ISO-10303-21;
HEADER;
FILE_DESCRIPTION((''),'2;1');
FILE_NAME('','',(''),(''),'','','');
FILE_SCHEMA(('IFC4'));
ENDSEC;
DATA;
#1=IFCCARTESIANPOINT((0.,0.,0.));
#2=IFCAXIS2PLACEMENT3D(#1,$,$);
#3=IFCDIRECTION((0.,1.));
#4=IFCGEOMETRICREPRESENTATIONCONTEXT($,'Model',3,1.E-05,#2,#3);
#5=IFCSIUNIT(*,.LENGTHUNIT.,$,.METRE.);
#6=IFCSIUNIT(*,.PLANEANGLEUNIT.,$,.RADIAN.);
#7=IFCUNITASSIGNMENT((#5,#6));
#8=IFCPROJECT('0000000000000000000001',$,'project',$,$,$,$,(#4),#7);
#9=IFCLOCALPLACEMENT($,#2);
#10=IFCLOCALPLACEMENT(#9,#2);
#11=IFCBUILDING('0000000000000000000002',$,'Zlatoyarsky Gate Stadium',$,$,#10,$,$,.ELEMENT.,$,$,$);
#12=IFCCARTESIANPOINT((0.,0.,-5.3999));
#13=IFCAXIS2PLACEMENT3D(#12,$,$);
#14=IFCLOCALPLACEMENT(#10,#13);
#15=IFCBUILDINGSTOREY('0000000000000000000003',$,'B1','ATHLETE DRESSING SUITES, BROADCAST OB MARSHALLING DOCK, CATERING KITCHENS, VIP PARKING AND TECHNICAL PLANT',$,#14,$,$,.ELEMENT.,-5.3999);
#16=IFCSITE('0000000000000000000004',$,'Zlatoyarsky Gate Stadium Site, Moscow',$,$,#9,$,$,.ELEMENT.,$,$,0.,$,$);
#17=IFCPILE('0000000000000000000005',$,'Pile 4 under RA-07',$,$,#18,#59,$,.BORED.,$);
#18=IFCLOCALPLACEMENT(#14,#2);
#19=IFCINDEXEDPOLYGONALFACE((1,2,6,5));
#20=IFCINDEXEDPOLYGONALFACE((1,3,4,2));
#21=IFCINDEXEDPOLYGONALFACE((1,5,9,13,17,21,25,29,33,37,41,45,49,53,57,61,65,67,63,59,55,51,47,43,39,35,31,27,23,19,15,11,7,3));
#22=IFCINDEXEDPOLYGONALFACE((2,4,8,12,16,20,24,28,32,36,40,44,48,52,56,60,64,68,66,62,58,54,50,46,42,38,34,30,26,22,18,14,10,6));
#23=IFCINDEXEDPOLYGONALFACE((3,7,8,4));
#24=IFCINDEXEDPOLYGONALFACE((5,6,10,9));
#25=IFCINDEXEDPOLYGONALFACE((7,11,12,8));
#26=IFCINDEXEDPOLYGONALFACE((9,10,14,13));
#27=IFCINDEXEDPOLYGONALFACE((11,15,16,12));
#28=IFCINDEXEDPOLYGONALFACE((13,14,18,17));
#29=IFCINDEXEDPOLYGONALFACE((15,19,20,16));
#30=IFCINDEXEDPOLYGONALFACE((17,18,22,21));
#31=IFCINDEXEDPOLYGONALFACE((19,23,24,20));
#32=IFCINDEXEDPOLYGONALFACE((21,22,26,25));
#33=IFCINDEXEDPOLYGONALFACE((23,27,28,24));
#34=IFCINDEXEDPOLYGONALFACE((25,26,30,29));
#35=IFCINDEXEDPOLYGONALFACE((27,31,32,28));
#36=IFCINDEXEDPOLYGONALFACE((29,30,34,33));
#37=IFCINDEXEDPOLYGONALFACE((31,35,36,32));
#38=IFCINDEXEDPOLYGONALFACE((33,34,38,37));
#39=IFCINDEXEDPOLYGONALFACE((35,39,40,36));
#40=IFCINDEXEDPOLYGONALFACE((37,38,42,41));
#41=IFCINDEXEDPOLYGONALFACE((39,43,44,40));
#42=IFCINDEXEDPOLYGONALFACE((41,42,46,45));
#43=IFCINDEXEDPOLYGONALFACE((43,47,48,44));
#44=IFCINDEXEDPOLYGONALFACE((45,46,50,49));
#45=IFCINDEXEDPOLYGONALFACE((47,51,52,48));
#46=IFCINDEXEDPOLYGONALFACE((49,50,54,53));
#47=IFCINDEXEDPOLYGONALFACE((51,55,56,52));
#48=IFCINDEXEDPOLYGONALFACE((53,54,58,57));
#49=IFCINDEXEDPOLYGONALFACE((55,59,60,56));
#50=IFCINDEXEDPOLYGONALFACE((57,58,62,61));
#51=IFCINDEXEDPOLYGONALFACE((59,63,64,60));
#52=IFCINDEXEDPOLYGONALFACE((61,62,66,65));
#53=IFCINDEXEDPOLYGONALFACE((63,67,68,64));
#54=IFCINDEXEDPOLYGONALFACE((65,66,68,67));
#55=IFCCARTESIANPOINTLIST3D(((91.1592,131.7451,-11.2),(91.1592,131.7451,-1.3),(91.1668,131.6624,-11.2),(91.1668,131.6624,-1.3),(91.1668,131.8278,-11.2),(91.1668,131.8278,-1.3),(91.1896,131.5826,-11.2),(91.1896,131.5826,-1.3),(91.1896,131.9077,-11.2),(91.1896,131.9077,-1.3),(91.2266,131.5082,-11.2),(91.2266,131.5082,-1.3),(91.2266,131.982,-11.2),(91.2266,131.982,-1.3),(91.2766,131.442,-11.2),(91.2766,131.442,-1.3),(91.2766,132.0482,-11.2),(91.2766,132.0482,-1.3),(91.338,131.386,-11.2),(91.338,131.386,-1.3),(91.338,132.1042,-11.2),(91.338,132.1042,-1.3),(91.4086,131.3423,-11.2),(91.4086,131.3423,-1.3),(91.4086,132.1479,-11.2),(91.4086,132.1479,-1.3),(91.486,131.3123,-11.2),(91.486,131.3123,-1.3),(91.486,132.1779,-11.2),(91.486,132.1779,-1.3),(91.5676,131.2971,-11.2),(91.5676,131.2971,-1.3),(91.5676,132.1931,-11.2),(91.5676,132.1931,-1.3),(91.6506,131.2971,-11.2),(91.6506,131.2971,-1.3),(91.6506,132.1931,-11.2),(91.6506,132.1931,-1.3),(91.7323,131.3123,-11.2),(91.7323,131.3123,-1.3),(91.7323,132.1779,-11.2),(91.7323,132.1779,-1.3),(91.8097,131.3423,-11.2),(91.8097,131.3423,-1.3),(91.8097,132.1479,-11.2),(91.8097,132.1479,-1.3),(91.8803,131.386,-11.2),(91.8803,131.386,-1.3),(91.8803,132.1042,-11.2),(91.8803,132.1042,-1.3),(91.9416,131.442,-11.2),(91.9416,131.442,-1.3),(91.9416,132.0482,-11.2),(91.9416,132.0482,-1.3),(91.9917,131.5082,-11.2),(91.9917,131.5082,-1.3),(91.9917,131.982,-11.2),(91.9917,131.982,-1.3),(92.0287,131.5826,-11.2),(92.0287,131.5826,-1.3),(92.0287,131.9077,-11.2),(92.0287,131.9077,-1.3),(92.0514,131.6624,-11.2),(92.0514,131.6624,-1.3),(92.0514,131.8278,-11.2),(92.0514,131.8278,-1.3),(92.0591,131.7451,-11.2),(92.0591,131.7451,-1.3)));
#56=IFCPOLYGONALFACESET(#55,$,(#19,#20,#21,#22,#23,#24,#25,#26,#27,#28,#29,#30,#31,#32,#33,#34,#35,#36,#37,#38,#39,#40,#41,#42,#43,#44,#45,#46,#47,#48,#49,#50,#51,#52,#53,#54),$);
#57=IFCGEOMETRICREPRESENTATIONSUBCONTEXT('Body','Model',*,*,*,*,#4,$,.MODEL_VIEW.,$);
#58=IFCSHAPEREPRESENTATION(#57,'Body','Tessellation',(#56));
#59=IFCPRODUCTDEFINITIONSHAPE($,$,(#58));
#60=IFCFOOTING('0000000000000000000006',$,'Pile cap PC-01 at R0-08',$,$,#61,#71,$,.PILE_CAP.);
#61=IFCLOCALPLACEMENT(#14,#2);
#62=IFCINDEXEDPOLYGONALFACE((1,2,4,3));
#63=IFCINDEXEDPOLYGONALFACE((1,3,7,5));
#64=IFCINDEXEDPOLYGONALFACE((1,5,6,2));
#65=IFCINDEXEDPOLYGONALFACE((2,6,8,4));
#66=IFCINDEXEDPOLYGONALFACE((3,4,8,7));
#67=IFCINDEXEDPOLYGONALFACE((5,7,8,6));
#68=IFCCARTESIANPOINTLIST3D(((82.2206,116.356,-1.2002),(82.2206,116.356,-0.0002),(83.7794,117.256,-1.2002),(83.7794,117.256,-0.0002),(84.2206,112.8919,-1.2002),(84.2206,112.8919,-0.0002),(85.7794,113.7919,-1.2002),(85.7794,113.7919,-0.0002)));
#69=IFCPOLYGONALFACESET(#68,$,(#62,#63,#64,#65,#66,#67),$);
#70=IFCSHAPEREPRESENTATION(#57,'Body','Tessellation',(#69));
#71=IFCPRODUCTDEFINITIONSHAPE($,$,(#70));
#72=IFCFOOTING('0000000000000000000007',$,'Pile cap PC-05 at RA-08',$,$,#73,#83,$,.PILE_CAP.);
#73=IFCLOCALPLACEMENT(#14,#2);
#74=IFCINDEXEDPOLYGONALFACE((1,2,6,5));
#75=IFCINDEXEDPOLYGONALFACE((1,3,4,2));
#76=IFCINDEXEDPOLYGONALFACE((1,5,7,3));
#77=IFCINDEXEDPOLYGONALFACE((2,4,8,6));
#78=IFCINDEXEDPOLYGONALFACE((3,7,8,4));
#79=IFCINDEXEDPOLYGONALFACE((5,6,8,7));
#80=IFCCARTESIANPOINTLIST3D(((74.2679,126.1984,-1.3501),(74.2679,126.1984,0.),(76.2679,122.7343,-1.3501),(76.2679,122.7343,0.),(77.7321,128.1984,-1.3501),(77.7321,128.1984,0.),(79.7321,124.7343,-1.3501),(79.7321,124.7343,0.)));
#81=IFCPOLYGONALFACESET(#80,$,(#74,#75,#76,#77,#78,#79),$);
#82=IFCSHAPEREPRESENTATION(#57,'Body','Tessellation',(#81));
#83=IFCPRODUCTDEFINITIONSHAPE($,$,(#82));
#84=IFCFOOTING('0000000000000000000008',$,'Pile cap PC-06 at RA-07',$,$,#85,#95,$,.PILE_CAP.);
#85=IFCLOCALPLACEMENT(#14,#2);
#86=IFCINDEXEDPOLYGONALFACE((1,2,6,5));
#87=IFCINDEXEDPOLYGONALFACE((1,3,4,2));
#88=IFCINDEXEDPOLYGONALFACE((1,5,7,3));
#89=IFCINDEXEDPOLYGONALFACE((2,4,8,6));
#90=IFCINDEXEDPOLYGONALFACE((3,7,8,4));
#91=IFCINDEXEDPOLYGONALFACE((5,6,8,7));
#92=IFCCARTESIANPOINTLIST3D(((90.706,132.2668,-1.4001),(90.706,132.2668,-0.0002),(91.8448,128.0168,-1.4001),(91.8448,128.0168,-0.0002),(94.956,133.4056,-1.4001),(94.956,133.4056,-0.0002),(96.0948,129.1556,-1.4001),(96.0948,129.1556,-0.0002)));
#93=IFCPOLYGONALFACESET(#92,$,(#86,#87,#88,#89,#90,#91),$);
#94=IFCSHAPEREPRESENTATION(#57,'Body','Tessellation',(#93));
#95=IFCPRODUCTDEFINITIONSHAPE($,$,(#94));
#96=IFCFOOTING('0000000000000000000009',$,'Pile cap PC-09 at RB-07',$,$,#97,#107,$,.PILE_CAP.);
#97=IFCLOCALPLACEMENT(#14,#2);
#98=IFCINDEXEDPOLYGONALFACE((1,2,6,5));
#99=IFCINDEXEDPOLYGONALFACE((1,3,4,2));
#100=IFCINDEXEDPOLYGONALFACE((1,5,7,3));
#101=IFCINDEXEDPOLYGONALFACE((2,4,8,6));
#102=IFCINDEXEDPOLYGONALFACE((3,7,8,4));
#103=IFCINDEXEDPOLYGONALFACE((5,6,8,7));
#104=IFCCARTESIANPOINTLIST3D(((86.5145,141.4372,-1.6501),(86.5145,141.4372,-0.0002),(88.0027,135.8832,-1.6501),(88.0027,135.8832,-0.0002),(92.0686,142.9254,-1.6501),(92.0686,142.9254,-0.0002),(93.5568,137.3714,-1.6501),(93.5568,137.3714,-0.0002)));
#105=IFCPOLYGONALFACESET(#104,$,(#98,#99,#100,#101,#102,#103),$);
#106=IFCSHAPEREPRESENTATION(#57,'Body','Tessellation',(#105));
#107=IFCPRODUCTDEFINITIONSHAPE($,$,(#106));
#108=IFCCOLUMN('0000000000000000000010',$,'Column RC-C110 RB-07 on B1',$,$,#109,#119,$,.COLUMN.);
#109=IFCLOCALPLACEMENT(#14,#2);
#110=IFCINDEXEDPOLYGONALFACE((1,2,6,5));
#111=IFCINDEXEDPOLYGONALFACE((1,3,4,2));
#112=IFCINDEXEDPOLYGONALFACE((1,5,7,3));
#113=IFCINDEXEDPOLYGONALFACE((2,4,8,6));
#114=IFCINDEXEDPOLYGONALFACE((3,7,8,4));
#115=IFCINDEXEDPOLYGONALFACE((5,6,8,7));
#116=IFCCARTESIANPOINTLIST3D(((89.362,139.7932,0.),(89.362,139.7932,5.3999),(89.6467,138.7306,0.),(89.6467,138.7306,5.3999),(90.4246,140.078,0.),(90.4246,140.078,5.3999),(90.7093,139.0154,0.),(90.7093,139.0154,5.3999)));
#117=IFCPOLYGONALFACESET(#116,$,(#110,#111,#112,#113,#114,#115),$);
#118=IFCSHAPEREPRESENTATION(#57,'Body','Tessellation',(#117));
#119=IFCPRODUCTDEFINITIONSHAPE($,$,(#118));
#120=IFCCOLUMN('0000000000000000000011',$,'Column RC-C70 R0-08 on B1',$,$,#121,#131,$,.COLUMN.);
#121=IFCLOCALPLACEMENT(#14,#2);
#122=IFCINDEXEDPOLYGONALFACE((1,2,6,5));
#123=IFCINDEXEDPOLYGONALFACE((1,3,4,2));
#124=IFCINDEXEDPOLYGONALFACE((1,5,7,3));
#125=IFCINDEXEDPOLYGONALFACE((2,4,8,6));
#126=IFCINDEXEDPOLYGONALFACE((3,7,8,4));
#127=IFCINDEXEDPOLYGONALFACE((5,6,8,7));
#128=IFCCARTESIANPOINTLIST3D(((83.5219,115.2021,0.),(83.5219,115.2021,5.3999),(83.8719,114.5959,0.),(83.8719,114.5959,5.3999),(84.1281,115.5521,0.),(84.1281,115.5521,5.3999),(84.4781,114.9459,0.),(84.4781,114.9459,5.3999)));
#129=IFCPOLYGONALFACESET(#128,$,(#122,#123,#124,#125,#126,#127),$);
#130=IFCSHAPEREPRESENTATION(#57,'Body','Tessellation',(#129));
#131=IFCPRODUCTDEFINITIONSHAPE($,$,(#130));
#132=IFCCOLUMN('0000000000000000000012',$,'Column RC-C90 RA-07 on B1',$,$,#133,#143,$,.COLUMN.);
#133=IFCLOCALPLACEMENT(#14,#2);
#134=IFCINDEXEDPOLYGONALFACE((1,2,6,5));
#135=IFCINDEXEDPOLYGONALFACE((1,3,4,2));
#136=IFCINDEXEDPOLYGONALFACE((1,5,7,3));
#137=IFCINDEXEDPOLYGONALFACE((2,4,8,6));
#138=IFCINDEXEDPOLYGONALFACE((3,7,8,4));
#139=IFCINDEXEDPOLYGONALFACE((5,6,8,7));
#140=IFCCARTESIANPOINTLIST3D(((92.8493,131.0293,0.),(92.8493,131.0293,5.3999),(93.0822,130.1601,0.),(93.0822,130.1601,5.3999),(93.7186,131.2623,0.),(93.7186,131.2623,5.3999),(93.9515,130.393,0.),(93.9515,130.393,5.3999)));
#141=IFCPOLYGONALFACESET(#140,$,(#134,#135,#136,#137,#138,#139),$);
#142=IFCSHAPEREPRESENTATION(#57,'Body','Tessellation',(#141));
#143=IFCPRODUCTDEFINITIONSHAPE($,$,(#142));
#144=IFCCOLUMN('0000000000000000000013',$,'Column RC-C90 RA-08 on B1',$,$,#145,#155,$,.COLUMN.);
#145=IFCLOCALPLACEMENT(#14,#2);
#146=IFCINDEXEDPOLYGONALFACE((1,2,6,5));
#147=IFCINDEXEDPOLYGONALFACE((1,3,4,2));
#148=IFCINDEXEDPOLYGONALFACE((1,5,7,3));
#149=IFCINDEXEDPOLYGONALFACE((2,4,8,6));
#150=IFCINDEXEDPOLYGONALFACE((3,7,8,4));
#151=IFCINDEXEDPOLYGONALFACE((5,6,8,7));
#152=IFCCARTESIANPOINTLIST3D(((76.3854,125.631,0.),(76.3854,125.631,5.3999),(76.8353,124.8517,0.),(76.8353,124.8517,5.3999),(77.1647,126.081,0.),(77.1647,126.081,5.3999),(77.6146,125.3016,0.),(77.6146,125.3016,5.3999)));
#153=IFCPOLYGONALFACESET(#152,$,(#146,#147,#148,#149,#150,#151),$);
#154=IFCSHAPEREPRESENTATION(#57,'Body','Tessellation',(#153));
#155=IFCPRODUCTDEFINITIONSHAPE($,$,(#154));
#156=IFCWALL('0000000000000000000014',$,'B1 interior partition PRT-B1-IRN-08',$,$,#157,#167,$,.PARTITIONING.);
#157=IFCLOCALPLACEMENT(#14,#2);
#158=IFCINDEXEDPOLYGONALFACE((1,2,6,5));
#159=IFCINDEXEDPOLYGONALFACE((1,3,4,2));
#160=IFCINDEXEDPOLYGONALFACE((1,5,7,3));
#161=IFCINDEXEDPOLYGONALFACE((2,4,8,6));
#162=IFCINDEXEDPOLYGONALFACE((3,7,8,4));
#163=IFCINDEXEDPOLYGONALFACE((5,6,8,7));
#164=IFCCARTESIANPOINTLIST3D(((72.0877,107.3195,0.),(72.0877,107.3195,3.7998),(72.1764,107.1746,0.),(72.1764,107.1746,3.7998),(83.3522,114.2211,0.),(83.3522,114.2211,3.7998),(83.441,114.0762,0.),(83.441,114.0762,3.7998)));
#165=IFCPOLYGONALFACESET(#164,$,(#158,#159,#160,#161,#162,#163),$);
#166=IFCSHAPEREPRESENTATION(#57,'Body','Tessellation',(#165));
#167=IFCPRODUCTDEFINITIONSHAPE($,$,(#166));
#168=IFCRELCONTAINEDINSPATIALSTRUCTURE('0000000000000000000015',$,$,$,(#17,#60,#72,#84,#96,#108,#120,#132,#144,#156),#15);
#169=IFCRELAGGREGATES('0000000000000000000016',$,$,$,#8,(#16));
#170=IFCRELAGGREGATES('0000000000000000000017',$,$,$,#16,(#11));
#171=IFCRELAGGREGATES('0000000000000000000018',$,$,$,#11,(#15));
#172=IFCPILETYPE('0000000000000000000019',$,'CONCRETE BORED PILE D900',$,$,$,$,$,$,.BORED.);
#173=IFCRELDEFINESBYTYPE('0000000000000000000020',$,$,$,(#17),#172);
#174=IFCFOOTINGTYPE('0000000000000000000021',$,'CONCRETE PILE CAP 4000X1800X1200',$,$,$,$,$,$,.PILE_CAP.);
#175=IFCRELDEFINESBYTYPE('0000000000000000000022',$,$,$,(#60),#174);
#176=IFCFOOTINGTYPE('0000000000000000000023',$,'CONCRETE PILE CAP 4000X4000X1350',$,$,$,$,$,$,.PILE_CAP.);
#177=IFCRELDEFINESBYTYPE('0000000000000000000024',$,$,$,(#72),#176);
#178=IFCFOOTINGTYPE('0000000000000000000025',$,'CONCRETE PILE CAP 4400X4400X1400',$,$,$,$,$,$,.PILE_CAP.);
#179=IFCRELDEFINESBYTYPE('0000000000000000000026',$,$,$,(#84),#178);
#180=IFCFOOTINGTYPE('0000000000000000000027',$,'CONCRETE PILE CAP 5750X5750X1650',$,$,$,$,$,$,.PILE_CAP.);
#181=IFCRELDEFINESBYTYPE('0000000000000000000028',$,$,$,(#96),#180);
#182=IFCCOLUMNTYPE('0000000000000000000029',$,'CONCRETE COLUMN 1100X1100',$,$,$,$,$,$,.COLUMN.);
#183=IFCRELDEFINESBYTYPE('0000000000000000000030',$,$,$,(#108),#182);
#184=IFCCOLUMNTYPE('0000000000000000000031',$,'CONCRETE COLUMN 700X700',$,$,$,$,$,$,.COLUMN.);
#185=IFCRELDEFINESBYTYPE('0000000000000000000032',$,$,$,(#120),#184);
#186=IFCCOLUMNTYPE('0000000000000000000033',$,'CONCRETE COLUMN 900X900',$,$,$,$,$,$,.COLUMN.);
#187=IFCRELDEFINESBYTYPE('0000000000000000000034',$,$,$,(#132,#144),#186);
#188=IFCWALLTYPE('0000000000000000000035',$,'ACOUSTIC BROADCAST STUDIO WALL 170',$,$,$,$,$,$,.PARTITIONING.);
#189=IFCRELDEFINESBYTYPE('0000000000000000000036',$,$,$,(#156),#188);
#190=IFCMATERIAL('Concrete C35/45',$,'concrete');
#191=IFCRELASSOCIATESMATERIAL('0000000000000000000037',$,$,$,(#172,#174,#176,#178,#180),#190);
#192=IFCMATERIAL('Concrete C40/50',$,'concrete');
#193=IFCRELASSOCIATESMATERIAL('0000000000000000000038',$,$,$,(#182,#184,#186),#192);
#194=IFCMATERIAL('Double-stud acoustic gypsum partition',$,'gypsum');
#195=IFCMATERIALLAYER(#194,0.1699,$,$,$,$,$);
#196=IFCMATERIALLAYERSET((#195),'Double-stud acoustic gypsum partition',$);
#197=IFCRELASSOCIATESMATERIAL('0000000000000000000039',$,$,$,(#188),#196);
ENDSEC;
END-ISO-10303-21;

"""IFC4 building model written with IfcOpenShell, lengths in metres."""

from ifc_helpers import new_model, si_unit, direction, frame, frame_2d, origin, origin_2d, place, context, subcontext, project, spatial, rectangle, circle, extrude, material, layer, layer_set, material_profile, profile_set, type_object, element, save


model = new_model("IFC4")

# Units and contexts
model_context = context("Model", 3, precision=1e-05, world=origin(), true_north=direction((0.0, 1.0)))
body_context = subcontext(model_context, "Body", "Model", "MODEL_VIEW")
ifc_project = project(units=[si_unit("LENGTHUNIT", "METRE"), si_unit("PLANEANGLEUNIT", "RADIAN")], contexts=[model_context])

# Site, building, storey
site_placement = place(None, origin())
site = spatial("IfcSite", under=ifc_project, at=site_placement, Name="Zlatoyarsky Gate Stadium Site, Moscow", CompositionType="ELEMENT", RefElevation=0.0)
building_placement = place(site_placement, origin())
building = spatial("IfcBuilding", under=site, at=building_placement, Name="Zlatoyarsky Gate Stadium", CompositionType="ELEMENT")
storey_placement = place(building_placement, frame((0.0, 0.0, -5.3999)))
storey = spatial("IfcBuildingStorey", under=building, at=storey_placement, Name="B1", Description="ATHLETE DRESSING SUITES, BROADCAST OB MARSHALLING DOCK, CATERING KITCHENS, VIP PARKING AND TECHNICAL PLANT", CompositionType="ELEMENT", Elevation=-5.3999)

# Pile
ifc_material_1 = material(Name="Concrete C35/45", Category="concrete")
ifc_material_profile_1 = material_profile(ifc_material_1, circle(Radius=0.45, at=origin_2d()), Name="BORED PILE D900")
ifc_profile_set_1 = profile_set([ifc_material_profile_1], Name="Concrete C35/45")
pile_type_1 = type_object("IfcPileType", Name="CONCRETE BORED PILE D900", PredefinedType="BORED", material=ifc_profile_set_1)
for number, where, z_axis, x_axis, name in (
    (1, (91.6091, 131.7451, -1.3), (0.0, 0.0, -1.0), (1.0, 0.0, 0.0), "Pile 4 under RA-07"),
):
    element("IfcPile", number, at=place(storey_placement, frame(where, z_axis=z_axis, x_axis=x_axis)), inside=storey, type_object=pile_type_1, Name=name, PredefinedType="BORED", context=body_context, shape_type="SweptSolid", body=[
        extrude(circle(Radius=0.45, at=origin_2d()), origin(), (0.0, 0.0, 1.0), 9.8999),
    ])

# Footings
footing_type_1 = type_object("IfcFootingType", Name="CONCRETE PILE CAP 4000X1800X1200", PredefinedType="PILE_CAP", material=ifc_material_1)
footing_1_placement = place(storey_placement, frame((84.0, 115.074, -1.2002), z_axis=(0.0, 0.0, 1.0), x_axis=(-0.5, 0.866025, 0.0)))
element("IfcFooting", 2, at=footing_1_placement, inside=storey, type_object=footing_type_1, Name="Pile cap PC-01 at R0-08", PredefinedType="PILE_CAP", context=body_context, shape_type="SweptSolid", body=[
    extrude(rectangle(XDim=4.0, YDim=1.8, at=origin_2d()), origin(), (0.0, 0.0, 1.0), 1.2),
])
footing_type_2 = type_object("IfcFootingType", Name="CONCRETE PILE CAP 4000X4000X1350", PredefinedType="PILE_CAP", material=ifc_material_1)
footing_2_placement = place(storey_placement, frame((77.0, 125.4663, -1.3501), z_axis=(0.0, 0.0, 1.0), x_axis=(-0.5, 0.866025, 0.0)))
element("IfcFooting", 3, at=footing_2_placement, inside=storey, type_object=footing_type_2, Name="Pile cap PC-05 at RA-08", PredefinedType="PILE_CAP", context=body_context, shape_type="SweptSolid", body=[
    extrude(rectangle(XDim=4.0, YDim=4.0, at=origin_2d()), origin(), (0.0, 0.0, 1.0), 1.3501),
])
footing_type_3 = type_object("IfcFootingType", Name="CONCRETE PILE CAP 4400X4400X1400", PredefinedType="PILE_CAP", material=ifc_material_1)
footing_3_placement = place(storey_placement, frame((93.4004, 130.7112, -1.4001), z_axis=(0.0, 0.0, 1.0), x_axis=(-0.258819, 0.965926, 0.0)))
element("IfcFooting", 4, at=footing_3_placement, inside=storey, type_object=footing_type_3, Name="Pile cap PC-06 at RA-07", PredefinedType="PILE_CAP", context=body_context, shape_type="SweptSolid", body=[
    extrude(rectangle(XDim=4.3999, YDim=4.3999, at=origin_2d()), origin(), (0.0, 0.0, 1.0), 1.3999),
])
footing_type_4 = type_object("IfcFootingType", Name="CONCRETE PILE CAP 5750X5750X1650", PredefinedType="PILE_CAP", material=ifc_material_1)
footing_4_placement = place(storey_placement, frame((90.0356, 139.4043, -1.6501), z_axis=(0.0, 0.0, 1.0), x_axis=(-0.258819, 0.965926, 0.0)))
element("IfcFooting", 5, at=footing_4_placement, inside=storey, type_object=footing_type_4, Name="Pile cap PC-09 at RB-07", PredefinedType="PILE_CAP", context=body_context, shape_type="SweptSolid", body=[
    extrude(rectangle(XDim=5.75, YDim=5.75, at=origin_2d()), origin(), (0.0, 0.0, 1.0), 1.6499),
])

# Columns
ifc_material_2 = material(Name="Concrete C40/50", Category="concrete")
ifc_material_profile_2 = material_profile(ifc_material_2, rectangle(XDim=1.1001, YDim=1.1001, at=origin_2d()), Name="RC COL 1100X1100")
ifc_profile_set_2 = profile_set([ifc_material_profile_2], Name="Concrete C40/50")
column_type_1 = type_object("IfcColumnType", Name="CONCRETE COLUMN 1100X1100", PredefinedType="COLUMN", material=ifc_profile_set_2)
column_1_placement = place(storey_placement, frame((90.0356, 139.4043, 0.0), z_axis=(0.0, 0.0, 1.0), x_axis=(-0.258819, 0.965926, 0.0)))
element("IfcColumn", 6, at=column_1_placement, inside=storey, type_object=column_type_1, Name="Column RC-C110 RB-07 on B1", PredefinedType="COLUMN", context=body_context, shape_type="SweptSolid", body=[
    extrude(rectangle(XDim=1.1001, YDim=1.1001, at=origin_2d()), origin(), (0.0, 0.0, 1.0), 5.3999),
])
ifc_material_profile_3 = material_profile(ifc_material_2, rectangle(XDim=0.7, YDim=0.7, at=origin_2d()), Name="RC COL 700X700")
ifc_profile_set_3 = profile_set([ifc_material_profile_3], Name="Concrete C40/50")
column_type_2 = type_object("IfcColumnType", Name="CONCRETE COLUMN 700X700", PredefinedType="COLUMN", material=ifc_profile_set_3)
column_2_placement = place(storey_placement, frame((84.0, 115.074, 0.0), z_axis=(0.0, 0.0, 1.0), x_axis=(-0.5, 0.866025, 0.0)))
element("IfcColumn", 7, at=column_2_placement, inside=storey, type_object=column_type_2, Name="Column RC-C70 R0-08 on B1", PredefinedType="COLUMN", context=body_context, shape_type="SweptSolid", body=[
    extrude(rectangle(XDim=0.7, YDim=0.7, at=origin_2d()), origin(), (0.0, 0.0, 1.0), 5.3999),
])
ifc_material_profile_4 = material_profile(ifc_material_2, rectangle(XDim=0.8999, YDim=0.8999, at=origin_2d()), Name="RC COL 900X900")
ifc_profile_set_4 = profile_set([ifc_material_profile_4], Name="Concrete C40/50")
column_type_3 = type_object("IfcColumnType", Name="CONCRETE COLUMN 900X900", PredefinedType="COLUMN", material=ifc_profile_set_4)
for number, where, z_axis, x_axis, name in (
    (8, (93.4004, 130.7112, 0.0), (0.0, 0.0, 1.0), (-0.258819, 0.965926, 0.0), "Column RC-C90 RA-07 on B1"),
    (9, (77.0, 125.4663, 0.0), (0.0, 0.0, 1.0), (-0.5, 0.866025, 0.0), "Column RC-C90 RA-08 on B1"),
):
    element("IfcColumn", number, at=place(storey_placement, frame(where, z_axis=z_axis, x_axis=x_axis)), inside=storey, type_object=column_type_3, Name=name, PredefinedType="COLUMN", context=body_context, shape_type="SweptSolid", body=[
        extrude(rectangle(XDim=0.8999, YDim=0.8999, at=origin_2d()), origin(), (0.0, 0.0, 1.0), 5.3999),
    ])

# Wall
ifc_material_3 = material(Name="Double-stud acoustic gypsum partition", Category="gypsum")
ifc_layer_1 = layer(ifc_material_3, 0.1699)
ifc_layer_set_1 = layer_set([ifc_layer_1], Name="Double-stud acoustic gypsum partition")
wall_type_1 = type_object("IfcWallType", Name="ACOUSTIC BROADCAST STUDIO WALL 170", PredefinedType="PARTITIONING", material=ifc_layer_set_1)
wall_1_placement = place(storey_placement, frame((83.3967, 114.1487, 0.0), z_axis=(0.0, 0.0, 1.0), x_axis=(-0.852686, -0.522423, 0.0)))
element("IfcWall", 10, at=wall_1_placement, inside=storey, type_object=wall_type_1, Name="B1 interior partition PRT-B1-IRN-08", PredefinedType="PARTITIONING", context=body_context, shape_type="SweptSolid", body=[
    extrude(rectangle(XDim=13.2107, YDim=0.1699, at=frame_2d((6.6055, 0.0))), origin(), (0.0, 0.0, 1.0), 3.7998),
])

save(model, "model.ifc")
